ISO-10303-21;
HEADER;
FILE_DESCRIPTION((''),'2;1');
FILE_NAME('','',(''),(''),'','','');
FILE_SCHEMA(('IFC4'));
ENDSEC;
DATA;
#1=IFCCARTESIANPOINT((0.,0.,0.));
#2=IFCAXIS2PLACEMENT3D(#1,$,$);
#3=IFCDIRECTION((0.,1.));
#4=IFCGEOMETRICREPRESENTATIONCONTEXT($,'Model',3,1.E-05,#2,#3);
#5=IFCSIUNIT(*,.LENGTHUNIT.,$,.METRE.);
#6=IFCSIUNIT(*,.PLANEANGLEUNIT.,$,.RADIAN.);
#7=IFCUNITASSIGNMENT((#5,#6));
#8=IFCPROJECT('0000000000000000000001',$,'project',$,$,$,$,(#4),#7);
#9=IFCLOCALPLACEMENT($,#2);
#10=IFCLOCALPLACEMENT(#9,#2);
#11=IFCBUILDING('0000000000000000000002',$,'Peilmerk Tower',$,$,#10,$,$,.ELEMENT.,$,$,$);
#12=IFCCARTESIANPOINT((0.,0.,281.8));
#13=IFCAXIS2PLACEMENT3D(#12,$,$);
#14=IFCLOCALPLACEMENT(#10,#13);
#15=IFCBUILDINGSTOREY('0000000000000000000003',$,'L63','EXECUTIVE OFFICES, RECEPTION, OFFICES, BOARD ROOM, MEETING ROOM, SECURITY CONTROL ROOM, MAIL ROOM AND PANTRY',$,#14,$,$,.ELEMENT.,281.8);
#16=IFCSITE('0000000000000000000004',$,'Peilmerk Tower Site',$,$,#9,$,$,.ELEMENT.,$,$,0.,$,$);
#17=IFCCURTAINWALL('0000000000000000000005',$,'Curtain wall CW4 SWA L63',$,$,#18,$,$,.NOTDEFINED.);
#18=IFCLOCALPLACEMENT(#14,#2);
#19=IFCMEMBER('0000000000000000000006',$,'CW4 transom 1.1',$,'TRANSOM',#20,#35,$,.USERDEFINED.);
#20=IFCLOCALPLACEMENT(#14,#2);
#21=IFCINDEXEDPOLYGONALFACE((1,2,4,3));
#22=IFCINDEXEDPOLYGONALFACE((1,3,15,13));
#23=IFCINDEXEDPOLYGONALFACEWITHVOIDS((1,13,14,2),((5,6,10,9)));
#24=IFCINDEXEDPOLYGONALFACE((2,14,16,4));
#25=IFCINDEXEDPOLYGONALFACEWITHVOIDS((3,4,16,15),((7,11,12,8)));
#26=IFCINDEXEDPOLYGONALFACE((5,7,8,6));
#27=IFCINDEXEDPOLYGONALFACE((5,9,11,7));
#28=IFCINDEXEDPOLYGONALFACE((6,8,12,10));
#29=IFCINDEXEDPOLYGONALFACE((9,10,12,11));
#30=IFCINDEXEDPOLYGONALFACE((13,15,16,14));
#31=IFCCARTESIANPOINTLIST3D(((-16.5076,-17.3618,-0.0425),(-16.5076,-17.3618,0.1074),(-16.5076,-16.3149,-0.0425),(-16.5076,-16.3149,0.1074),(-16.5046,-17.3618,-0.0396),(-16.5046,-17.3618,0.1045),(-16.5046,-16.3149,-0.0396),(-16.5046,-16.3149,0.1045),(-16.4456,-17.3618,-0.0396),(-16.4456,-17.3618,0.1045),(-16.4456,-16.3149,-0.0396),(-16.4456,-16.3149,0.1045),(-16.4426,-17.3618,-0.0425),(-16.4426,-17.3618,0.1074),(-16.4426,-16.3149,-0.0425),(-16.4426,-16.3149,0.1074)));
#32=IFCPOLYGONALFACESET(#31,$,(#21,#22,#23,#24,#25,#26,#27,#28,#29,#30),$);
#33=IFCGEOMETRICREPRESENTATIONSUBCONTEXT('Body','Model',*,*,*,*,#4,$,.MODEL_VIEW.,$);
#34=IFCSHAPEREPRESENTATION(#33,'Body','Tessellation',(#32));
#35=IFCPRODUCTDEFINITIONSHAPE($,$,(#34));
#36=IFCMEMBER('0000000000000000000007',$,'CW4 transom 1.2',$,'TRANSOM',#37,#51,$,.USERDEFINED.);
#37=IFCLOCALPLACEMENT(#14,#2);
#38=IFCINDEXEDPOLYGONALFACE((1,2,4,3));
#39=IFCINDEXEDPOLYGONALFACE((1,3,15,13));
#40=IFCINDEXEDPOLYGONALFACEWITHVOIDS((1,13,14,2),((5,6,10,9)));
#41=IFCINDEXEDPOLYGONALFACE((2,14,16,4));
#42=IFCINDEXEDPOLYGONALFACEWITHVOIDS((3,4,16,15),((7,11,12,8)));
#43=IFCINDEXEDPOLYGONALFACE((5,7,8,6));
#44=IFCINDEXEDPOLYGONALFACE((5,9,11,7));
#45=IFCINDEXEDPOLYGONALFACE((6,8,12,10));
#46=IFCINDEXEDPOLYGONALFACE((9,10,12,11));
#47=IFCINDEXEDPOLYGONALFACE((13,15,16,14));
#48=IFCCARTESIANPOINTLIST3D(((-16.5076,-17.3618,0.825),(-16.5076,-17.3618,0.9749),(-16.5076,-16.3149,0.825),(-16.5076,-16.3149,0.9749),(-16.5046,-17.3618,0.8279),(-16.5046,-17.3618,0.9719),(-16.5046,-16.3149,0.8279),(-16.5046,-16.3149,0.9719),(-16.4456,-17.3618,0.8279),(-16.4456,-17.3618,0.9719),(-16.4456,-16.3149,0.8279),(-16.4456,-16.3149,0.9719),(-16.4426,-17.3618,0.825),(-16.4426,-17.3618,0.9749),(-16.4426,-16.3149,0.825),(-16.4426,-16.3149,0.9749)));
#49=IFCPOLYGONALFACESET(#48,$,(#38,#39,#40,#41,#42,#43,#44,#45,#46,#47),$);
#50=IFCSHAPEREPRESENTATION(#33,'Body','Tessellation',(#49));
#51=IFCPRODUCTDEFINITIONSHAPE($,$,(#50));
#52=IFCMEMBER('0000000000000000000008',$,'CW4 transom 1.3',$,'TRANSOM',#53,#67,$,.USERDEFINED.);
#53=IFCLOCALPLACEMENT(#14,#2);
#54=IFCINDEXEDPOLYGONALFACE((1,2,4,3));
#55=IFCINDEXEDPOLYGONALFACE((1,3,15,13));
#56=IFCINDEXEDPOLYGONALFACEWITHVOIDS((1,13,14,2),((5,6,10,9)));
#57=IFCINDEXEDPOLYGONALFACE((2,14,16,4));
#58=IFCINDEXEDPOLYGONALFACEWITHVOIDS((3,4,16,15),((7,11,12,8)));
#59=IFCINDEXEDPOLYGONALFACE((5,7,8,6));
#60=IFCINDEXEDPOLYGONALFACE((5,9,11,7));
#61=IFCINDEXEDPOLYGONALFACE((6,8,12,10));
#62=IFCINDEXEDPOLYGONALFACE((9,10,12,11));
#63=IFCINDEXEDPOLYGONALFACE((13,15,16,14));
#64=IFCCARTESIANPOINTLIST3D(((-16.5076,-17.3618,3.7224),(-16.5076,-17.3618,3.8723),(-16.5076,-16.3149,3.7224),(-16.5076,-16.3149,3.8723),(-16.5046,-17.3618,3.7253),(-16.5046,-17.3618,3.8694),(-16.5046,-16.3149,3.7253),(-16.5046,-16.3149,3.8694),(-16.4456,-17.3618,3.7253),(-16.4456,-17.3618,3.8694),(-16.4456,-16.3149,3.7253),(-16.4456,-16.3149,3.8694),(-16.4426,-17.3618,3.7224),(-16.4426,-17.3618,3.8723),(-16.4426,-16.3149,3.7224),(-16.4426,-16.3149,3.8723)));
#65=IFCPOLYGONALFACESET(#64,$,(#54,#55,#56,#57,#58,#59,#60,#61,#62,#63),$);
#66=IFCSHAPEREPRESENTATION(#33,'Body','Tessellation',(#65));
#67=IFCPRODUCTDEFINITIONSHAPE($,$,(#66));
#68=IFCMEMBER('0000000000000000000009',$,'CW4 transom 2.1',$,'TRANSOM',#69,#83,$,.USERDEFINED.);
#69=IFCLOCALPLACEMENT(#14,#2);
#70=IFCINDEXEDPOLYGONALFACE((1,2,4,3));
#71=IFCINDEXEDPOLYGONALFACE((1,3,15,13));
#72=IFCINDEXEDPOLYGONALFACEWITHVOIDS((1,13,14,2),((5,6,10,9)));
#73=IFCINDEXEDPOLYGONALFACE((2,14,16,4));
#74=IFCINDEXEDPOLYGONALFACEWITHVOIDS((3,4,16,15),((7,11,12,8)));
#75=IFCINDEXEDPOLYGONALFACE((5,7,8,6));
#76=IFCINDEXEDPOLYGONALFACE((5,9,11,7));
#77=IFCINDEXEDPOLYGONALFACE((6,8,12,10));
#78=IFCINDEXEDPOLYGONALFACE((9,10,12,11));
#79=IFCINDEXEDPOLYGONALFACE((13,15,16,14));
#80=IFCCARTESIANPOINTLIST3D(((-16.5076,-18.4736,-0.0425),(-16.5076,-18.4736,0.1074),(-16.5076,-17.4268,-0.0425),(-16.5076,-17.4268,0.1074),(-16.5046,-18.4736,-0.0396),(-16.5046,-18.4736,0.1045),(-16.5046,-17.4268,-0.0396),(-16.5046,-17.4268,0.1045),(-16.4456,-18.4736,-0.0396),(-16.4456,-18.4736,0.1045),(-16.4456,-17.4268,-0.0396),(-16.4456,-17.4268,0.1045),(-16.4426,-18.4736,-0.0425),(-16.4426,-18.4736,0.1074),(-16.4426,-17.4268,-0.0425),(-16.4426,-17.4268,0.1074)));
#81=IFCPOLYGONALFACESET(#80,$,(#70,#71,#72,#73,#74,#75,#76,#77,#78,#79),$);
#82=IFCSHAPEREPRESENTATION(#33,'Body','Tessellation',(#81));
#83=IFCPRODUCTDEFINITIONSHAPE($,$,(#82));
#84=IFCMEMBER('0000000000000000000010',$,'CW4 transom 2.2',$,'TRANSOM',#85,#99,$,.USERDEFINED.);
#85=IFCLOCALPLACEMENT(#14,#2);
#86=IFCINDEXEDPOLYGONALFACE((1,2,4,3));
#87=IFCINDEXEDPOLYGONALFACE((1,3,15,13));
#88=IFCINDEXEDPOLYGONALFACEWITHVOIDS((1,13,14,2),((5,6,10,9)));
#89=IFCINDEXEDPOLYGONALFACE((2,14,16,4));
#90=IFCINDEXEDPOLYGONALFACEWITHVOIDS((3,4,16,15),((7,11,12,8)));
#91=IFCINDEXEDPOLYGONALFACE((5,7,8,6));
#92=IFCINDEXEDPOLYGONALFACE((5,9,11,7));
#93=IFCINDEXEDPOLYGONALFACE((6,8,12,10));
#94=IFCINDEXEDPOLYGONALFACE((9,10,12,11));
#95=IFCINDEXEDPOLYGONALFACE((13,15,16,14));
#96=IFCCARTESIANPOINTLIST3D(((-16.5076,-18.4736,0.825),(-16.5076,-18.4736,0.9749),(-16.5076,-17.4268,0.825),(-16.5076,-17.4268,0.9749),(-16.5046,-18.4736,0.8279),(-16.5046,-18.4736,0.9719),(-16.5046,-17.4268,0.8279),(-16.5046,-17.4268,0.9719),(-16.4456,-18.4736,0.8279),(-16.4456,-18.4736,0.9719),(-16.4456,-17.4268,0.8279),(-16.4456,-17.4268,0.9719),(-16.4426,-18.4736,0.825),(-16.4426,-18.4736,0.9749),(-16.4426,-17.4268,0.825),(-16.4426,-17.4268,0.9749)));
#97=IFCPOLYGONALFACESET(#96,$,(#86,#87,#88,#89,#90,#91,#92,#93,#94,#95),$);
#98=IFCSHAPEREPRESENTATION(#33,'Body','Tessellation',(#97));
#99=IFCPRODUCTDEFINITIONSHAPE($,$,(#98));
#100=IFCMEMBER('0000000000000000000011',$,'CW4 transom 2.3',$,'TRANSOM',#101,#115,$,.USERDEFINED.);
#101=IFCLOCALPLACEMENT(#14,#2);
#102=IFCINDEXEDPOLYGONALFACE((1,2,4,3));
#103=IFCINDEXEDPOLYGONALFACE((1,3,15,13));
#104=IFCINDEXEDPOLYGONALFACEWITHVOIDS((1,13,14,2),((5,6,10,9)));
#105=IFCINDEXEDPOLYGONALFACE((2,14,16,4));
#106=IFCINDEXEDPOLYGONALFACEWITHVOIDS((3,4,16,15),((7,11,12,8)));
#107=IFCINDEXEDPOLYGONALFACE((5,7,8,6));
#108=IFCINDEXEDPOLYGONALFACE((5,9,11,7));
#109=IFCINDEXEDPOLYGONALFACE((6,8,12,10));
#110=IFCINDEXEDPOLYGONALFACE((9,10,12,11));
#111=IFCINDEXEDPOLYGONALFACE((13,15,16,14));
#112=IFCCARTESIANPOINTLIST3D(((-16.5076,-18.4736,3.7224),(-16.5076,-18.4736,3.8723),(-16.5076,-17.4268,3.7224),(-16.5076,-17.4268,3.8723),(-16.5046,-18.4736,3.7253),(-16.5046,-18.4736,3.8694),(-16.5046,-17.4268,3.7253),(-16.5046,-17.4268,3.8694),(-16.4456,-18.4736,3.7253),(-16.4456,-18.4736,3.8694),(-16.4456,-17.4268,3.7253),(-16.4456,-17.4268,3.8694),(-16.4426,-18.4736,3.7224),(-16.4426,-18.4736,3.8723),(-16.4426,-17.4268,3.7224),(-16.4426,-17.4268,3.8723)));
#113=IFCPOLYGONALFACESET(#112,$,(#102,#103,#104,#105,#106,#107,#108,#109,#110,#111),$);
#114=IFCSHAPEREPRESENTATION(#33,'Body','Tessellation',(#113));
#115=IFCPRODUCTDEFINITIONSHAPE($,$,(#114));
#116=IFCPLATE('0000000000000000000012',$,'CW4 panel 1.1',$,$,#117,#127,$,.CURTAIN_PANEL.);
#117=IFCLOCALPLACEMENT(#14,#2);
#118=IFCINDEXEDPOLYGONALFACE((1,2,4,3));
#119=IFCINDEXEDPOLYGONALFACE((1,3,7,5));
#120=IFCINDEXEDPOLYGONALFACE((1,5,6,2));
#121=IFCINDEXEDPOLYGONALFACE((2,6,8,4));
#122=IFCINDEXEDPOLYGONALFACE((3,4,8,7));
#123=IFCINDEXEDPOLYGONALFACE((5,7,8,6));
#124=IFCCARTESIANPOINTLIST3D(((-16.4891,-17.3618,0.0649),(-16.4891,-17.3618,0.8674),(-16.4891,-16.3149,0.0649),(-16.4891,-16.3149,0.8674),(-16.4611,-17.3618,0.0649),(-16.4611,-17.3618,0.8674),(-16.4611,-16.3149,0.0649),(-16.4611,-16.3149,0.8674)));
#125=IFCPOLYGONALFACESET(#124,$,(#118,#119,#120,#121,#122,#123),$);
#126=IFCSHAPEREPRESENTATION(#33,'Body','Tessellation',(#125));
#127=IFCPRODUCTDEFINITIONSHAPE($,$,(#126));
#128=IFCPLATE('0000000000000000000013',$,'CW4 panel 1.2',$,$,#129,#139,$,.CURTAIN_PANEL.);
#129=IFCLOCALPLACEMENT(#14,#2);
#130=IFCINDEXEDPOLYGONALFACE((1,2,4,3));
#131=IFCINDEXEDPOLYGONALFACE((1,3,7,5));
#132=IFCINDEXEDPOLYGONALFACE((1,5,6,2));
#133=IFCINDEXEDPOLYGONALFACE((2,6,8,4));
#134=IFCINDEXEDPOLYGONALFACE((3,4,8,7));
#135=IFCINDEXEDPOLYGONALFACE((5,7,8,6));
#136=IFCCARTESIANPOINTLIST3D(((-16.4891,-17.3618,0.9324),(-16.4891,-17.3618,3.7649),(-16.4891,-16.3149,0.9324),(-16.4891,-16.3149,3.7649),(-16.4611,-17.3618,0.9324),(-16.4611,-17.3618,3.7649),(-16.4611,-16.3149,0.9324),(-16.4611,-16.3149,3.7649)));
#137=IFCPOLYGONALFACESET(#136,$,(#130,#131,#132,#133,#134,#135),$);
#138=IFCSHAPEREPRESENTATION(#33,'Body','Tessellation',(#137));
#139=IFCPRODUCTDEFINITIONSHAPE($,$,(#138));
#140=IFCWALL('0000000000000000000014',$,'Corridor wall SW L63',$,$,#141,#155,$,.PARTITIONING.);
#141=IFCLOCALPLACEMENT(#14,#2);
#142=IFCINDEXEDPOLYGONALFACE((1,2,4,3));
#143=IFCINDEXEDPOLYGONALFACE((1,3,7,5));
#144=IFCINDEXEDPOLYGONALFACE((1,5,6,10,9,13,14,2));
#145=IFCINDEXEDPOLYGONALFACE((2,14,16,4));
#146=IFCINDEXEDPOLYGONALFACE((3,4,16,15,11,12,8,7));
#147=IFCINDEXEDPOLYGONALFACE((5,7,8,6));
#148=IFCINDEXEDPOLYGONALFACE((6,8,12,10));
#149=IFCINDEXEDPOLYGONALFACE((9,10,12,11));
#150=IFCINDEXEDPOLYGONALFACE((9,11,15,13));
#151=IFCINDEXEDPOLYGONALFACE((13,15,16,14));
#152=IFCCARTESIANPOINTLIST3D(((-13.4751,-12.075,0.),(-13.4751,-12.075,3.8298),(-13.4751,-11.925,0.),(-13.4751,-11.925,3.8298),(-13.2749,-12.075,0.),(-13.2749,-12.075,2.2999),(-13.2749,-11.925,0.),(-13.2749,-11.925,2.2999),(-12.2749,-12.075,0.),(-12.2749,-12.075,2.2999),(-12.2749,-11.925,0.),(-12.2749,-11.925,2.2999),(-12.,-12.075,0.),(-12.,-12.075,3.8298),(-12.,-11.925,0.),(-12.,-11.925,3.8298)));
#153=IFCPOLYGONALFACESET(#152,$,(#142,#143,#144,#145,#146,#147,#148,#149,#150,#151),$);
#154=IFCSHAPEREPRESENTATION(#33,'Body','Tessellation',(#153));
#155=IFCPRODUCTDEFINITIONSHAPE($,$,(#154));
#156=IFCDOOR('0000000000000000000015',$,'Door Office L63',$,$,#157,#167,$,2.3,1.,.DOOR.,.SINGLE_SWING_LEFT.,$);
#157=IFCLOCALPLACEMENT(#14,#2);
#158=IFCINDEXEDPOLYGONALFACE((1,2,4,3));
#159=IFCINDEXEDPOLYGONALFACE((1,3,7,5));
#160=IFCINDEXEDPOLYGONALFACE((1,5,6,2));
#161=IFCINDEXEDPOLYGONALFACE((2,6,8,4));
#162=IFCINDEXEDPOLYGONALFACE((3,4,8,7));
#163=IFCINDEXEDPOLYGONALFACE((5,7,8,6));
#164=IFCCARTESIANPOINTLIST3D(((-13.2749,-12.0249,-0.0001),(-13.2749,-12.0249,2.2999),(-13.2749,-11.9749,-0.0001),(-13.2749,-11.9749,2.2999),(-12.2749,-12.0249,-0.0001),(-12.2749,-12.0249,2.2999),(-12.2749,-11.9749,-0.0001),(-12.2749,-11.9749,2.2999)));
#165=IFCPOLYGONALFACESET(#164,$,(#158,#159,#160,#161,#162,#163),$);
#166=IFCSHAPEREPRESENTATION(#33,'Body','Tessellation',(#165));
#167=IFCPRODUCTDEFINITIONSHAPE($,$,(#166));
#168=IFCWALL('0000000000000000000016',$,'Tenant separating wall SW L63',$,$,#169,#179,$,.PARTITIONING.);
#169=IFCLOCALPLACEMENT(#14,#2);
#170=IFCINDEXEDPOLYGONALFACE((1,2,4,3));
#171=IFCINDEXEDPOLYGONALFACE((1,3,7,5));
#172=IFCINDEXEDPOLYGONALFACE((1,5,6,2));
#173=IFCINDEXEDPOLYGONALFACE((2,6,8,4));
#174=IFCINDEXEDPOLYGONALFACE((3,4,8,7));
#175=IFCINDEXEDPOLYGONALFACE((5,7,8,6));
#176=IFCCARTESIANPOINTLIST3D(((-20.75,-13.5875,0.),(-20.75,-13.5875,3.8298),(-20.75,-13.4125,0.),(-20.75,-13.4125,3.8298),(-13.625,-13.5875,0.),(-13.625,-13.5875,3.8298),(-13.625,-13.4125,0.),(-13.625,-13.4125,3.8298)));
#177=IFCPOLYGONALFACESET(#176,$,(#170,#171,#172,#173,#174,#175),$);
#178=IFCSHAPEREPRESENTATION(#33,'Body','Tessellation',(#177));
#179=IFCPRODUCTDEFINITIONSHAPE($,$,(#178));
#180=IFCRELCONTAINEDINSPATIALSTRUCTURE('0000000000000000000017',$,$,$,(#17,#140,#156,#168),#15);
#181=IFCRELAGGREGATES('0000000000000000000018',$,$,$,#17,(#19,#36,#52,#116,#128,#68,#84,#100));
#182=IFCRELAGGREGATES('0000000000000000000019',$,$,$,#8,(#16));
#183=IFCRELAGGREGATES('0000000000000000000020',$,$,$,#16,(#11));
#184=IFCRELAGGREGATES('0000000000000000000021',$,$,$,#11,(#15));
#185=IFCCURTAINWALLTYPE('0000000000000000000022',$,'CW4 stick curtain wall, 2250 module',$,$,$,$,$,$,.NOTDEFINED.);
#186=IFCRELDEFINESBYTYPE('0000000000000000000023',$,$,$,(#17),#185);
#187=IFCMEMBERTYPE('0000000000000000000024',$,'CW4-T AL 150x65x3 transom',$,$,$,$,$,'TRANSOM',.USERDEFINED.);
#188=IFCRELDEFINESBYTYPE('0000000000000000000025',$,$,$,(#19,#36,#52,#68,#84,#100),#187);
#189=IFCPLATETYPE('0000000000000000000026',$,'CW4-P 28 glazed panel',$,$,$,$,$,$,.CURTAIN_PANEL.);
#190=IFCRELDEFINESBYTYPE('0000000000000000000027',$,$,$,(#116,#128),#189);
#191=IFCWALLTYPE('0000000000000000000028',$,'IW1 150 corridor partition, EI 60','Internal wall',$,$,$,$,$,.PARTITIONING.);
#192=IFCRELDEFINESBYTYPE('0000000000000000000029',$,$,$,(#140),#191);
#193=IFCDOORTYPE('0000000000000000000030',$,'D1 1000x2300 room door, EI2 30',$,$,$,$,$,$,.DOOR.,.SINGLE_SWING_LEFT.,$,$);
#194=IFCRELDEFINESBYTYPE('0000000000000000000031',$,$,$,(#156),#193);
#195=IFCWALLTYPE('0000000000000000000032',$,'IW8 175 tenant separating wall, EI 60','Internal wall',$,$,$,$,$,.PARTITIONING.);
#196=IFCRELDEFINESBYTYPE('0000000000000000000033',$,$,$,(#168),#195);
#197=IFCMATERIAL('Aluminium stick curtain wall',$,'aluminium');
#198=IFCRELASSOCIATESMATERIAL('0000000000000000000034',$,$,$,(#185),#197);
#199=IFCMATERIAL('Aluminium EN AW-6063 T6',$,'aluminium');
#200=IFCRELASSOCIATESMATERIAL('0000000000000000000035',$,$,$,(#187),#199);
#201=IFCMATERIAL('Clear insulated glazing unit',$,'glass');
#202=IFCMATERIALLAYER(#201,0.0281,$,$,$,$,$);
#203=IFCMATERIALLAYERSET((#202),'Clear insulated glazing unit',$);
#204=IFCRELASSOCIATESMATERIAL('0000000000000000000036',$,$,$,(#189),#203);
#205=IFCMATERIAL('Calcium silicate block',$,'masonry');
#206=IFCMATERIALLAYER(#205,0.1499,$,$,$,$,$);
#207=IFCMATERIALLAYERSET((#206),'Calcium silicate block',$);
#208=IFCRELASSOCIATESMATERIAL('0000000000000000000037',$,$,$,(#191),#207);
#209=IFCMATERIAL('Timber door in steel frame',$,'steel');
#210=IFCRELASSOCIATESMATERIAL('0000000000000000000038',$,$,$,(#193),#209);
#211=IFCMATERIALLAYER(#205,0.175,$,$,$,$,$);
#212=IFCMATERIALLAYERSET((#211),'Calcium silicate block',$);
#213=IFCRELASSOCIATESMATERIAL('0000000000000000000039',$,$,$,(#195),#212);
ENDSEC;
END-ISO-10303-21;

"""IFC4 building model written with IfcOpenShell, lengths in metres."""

from ifc_helpers import new_model, si_unit, direction, frame, frame_2d, origin, origin_2d, place, context, subcontext, project, spatial, rectangle, hollow_rectangle, extrude, material, layer, layer_set, material_profile, profile_set, type_object, element, fill, aggregate, save


model = new_model("IFC4")

# Units and contexts
model_context = context("Model", 3, precision=1e-05, world=origin(), true_north=direction((0.0, 1.0)))
body_context = subcontext(model_context, "Body", "Model", "MODEL_VIEW")
ifc_project = project(units=[si_unit("LENGTHUNIT", "METRE"), si_unit("PLANEANGLEUNIT", "RADIAN")], contexts=[model_context])

# Site, building, storey
site_placement = place(None, origin())
site = spatial("IfcSite", under=ifc_project, at=site_placement, Name="Peilmerk Tower Site", CompositionType="ELEMENT", RefElevation=0.0)
building_placement = place(site_placement, origin())
building = spatial("IfcBuilding", under=site, at=building_placement, Name="Peilmerk Tower", CompositionType="ELEMENT")
storey_placement = place(building_placement, frame((0.0, 0.0, 281.8)))
storey = spatial("IfcBuildingStorey", under=building, at=storey_placement, Name="L63", Description="EXECUTIVE OFFICES, RECEPTION, OFFICES, BOARD ROOM, MEETING ROOM, SECURITY CONTROL ROOM, MAIL ROOM AND PANTRY", CompositionType="ELEMENT", Elevation=281.8)

# Curtain wall, members, plates
ifc_material_1 = material(Name="Aluminium stick curtain wall", Category="aluminium")
curtain_wall_type = type_object("IfcCurtainWallType", Name="CW4 stick curtain wall, 2250 module", PredefinedType="NOTDEFINED", material=ifc_material_1)
curtain_wall_placement = place(storey_placement, origin())
curtain_wall = element("IfcCurtainWall", 1, at=curtain_wall_placement, inside=storey, type_object=curtain_wall_type, Name="Curtain wall CW4 SWA L63", PredefinedType="NOTDEFINED")
ifc_material_2 = material(Name="Aluminium EN AW-6063 T6", Category="aluminium")
ifc_material_profile_1 = material_profile(ifc_material_2, hollow_rectangle(XDim=0.0649, YDim=0.1499, WallThickness=0.0029, at=origin_2d()), Name="AL 150x65x3")
ifc_profile_set_1 = profile_set([ifc_material_profile_1], Name="Aluminium EN AW-6063 T6")
member_type_1 = type_object("IfcMemberType", Name="CW4-T AL 150x65x3 transom", ElementType="TRANSOM", PredefinedType="USERDEFINED", material=ifc_profile_set_1)
member_1_placement = place(storey_placement, frame((-16.4751, -16.3149, 0.0325), z_axis=(0.0, -1.0, 0.0), x_axis=(1.0, 0.0, 0.0)))
member_1 = element("IfcMember", 2, at=member_1_placement, type_object=member_type_1, Name="CW4 transom 1.1", ObjectType="TRANSOM", PredefinedType="USERDEFINED", context=body_context, shape_type="SweptSolid", body=[
    extrude(hollow_rectangle(XDim=0.0649, YDim=0.1499, WallThickness=0.0029, at=origin_2d()), origin(), (0.0, 0.0, 1.0), 1.0469),
])
member_2_placement = place(storey_placement, frame((-16.4751, -16.3149, 0.8999), z_axis=(0.0, -1.0, 0.0), x_axis=(1.0, 0.0, 0.0)))
member_2 = element("IfcMember", 3, at=member_2_placement, type_object=member_type_1, Name="CW4 transom 1.2", ObjectType="TRANSOM", PredefinedType="USERDEFINED", context=body_context, shape_type="SweptSolid", body=[
    extrude(hollow_rectangle(XDim=0.0649, YDim=0.1499, WallThickness=0.0029, at=origin_2d()), origin(), (0.0, 0.0, 1.0), 1.0469),
])
member_3_placement = place(storey_placement, frame((-16.4751, -16.3149, 3.7974), z_axis=(0.0, -1.0, 0.0), x_axis=(1.0, 0.0, 0.0)))
member_3 = element("IfcMember", 4, at=member_3_placement, type_object=member_type_1, Name="CW4 transom 1.3", ObjectType="TRANSOM", PredefinedType="USERDEFINED", context=body_context, shape_type="SweptSolid", body=[
    extrude(hollow_rectangle(XDim=0.0649, YDim=0.1499, WallThickness=0.0029, at=origin_2d()), origin(), (0.0, 0.0, 1.0), 1.0469),
])
member_4_placement = place(storey_placement, frame((-16.4751, -17.4268, 0.0325), z_axis=(0.0, -1.0, 0.0), x_axis=(1.0, 0.0, 0.0)))
member_4 = element("IfcMember", 5, at=member_4_placement, type_object=member_type_1, Name="CW4 transom 2.1", ObjectType="TRANSOM", PredefinedType="USERDEFINED", context=body_context, shape_type="SweptSolid", body=[
    extrude(hollow_rectangle(XDim=0.0649, YDim=0.1499, WallThickness=0.0029, at=origin_2d()), origin(), (0.0, 0.0, 1.0), 1.0469),
])
member_5_placement = place(storey_placement, frame((-16.4751, -17.4268, 0.8999), z_axis=(0.0, -1.0, 0.0), x_axis=(1.0, 0.0, 0.0)))
member_5 = element("IfcMember", 6, at=member_5_placement, type_object=member_type_1, Name="CW4 transom 2.2", ObjectType="TRANSOM", PredefinedType="USERDEFINED", context=body_context, shape_type="SweptSolid", body=[
    extrude(hollow_rectangle(XDim=0.0649, YDim=0.1499, WallThickness=0.0029, at=origin_2d()), origin(), (0.0, 0.0, 1.0), 1.0469),
])
member_6_placement = place(storey_placement, frame((-16.4751, -17.4268, 3.7974), z_axis=(0.0, -1.0, 0.0), x_axis=(1.0, 0.0, 0.0)))
member_6 = element("IfcMember", 7, at=member_6_placement, type_object=member_type_1, Name="CW4 transom 2.3", ObjectType="TRANSOM", PredefinedType="USERDEFINED", context=body_context, shape_type="SweptSolid", body=[
    extrude(hollow_rectangle(XDim=0.0649, YDim=0.1499, WallThickness=0.0029, at=origin_2d()), origin(), (0.0, 0.0, 1.0), 1.0469),
])
ifc_material_3 = material(Name="Clear insulated glazing unit", Category="glass")
ifc_layer_1 = layer(ifc_material_3, 0.0281)
ifc_layer_set_1 = layer_set([ifc_layer_1], Name="Clear insulated glazing unit")
plate_type = type_object("IfcPlateType", Name="CW4-P 28 glazed panel", PredefinedType="CURTAIN_PANEL", material=ifc_layer_set_1)
plate_1_placement = place(storey_placement, frame((-16.4751, -16.8384, 0.0649), z_axis=(0.0, 0.0, 1.0), x_axis=(0.0, -1.0, 0.0)))
plate_1 = element("IfcPlate", 8, at=plate_1_placement, type_object=plate_type, Name="CW4 panel 1.1", PredefinedType="CURTAIN_PANEL", context=body_context, shape_type="SweptSolid", body=[
    extrude(rectangle(XDim=1.0469, YDim=0.0281, at=origin_2d()), origin(), (0.0, 0.0, 1.0), 0.8025),
])
plate_2_placement = place(storey_placement, frame((-16.4751, -16.8384, 0.9324), z_axis=(0.0, 0.0, 1.0), x_axis=(0.0, -1.0, 0.0)))
plate_2 = element("IfcPlate", 9, at=plate_2_placement, type_object=plate_type, Name="CW4 panel 1.2", PredefinedType="CURTAIN_PANEL", context=body_context, shape_type="SweptSolid", body=[
    extrude(rectangle(XDim=1.0469, YDim=0.0281, at=origin_2d()), origin(), (0.0, 0.0, 1.0), 2.8325),
])
aggregate(curtain_wall, [member_1, member_2, member_3, plate_1, plate_2, member_4, member_5, member_6])

# Wall, opening, door
ifc_material_4 = material(Name="Calcium silicate block", Category="masonry")
ifc_layer_2 = layer(ifc_material_4, 0.1499)
ifc_layer_set_2 = layer_set([ifc_layer_2], Name="Calcium silicate block")
wall_type_1 = type_object("IfcWallType", Name="IW1 150 corridor partition, EI 60", Description="Internal wall", PredefinedType="PARTITIONING", material=ifc_layer_set_2)
wall_1_placement = place(storey_placement, frame((-12.0, -12.0, 0.0), z_axis=(0.0, 0.0, 1.0), x_axis=(-1.0, 0.0, 0.0)))
wall_1 = element("IfcWall", 10, at=wall_1_placement, inside=storey, type_object=wall_type_1, Name="Corridor wall SW L63", PredefinedType="PARTITIONING", context=body_context, shape_type="SweptSolid", body=[
    extrude(rectangle(XDim=1.4751, YDim=0.1499, at=frame_2d((0.7375, 0.0))), origin(), (0.0, 0.0, 1.0), 3.8298),
])
opening_placement = place(wall_1_placement, frame((0.2749, 0.0, 0.0)))
opening = element("IfcOpeningElement", 11, at=opening_placement, cuts=wall_1, PredefinedType="OPENING", context=body_context, shape_type="SweptSolid", body=[
    extrude(rectangle(XDim=1.0, YDim=2.3, at=frame_2d((0.5, 1.1499))), frame((0.0, 0.085, 0.0), z_axis=(0.0, -1.0, 0.0), x_axis=(1.0, 0.0, 0.0)), (0.0, 0.0, 1.0), 0.1699),
])
ifc_material_5 = material(Name="Timber door in steel frame", Category="steel")
door_type = type_object("IfcDoorType", Name="D1 1000x2300 room door, EI2 30", OperationType="SINGLE_SWING_LEFT", PredefinedType="DOOR", material=ifc_material_5)
door_placement = place(opening_placement, origin())
door = element("IfcDoor", 12, at=door_placement, inside=storey, type_object=door_type, Name="Door Office L63", OperationType="SINGLE_SWING_LEFT", OverallHeight=2.3, OverallWidth=1.0, PredefinedType="DOOR", context=body_context, shape_type="SweptSolid", body=[
    extrude(rectangle(XDim=1.0, YDim=2.3, at=frame_2d((0.5, 1.1499))), frame((0.0, 0.0249, 0.0), z_axis=(0.0, -1.0, 0.0), x_axis=(1.0, 0.0, 0.0)), (0.0, 0.0, 1.0), 0.05),
])
fill(opening, door)

# Wall
ifc_layer_3 = layer(ifc_material_4, 0.175)
ifc_layer_set_3 = layer_set([ifc_layer_3], Name="Calcium silicate block")
wall_type_2 = type_object("IfcWallType", Name="IW8 175 tenant separating wall, EI 60", Description="Internal wall", PredefinedType="PARTITIONING", material=ifc_layer_set_3)
wall_2_placement = place(storey_placement, frame((-13.625, -13.5, 0.0), z_axis=(0.0, 0.0, 1.0), x_axis=(-1.0, 0.0, 0.0)))
element("IfcWall", 13, at=wall_2_placement, inside=storey, type_object=wall_type_2, Name="Tenant separating wall SW L63", PredefinedType="PARTITIONING", context=body_context, shape_type="SweptSolid", body=[
    extrude(rectangle(XDim=7.125, YDim=0.175, at=frame_2d((3.5625, 0.0))), origin(), (0.0, 0.0, 1.0), 3.8298),
])

save(model, "model.ifc")
